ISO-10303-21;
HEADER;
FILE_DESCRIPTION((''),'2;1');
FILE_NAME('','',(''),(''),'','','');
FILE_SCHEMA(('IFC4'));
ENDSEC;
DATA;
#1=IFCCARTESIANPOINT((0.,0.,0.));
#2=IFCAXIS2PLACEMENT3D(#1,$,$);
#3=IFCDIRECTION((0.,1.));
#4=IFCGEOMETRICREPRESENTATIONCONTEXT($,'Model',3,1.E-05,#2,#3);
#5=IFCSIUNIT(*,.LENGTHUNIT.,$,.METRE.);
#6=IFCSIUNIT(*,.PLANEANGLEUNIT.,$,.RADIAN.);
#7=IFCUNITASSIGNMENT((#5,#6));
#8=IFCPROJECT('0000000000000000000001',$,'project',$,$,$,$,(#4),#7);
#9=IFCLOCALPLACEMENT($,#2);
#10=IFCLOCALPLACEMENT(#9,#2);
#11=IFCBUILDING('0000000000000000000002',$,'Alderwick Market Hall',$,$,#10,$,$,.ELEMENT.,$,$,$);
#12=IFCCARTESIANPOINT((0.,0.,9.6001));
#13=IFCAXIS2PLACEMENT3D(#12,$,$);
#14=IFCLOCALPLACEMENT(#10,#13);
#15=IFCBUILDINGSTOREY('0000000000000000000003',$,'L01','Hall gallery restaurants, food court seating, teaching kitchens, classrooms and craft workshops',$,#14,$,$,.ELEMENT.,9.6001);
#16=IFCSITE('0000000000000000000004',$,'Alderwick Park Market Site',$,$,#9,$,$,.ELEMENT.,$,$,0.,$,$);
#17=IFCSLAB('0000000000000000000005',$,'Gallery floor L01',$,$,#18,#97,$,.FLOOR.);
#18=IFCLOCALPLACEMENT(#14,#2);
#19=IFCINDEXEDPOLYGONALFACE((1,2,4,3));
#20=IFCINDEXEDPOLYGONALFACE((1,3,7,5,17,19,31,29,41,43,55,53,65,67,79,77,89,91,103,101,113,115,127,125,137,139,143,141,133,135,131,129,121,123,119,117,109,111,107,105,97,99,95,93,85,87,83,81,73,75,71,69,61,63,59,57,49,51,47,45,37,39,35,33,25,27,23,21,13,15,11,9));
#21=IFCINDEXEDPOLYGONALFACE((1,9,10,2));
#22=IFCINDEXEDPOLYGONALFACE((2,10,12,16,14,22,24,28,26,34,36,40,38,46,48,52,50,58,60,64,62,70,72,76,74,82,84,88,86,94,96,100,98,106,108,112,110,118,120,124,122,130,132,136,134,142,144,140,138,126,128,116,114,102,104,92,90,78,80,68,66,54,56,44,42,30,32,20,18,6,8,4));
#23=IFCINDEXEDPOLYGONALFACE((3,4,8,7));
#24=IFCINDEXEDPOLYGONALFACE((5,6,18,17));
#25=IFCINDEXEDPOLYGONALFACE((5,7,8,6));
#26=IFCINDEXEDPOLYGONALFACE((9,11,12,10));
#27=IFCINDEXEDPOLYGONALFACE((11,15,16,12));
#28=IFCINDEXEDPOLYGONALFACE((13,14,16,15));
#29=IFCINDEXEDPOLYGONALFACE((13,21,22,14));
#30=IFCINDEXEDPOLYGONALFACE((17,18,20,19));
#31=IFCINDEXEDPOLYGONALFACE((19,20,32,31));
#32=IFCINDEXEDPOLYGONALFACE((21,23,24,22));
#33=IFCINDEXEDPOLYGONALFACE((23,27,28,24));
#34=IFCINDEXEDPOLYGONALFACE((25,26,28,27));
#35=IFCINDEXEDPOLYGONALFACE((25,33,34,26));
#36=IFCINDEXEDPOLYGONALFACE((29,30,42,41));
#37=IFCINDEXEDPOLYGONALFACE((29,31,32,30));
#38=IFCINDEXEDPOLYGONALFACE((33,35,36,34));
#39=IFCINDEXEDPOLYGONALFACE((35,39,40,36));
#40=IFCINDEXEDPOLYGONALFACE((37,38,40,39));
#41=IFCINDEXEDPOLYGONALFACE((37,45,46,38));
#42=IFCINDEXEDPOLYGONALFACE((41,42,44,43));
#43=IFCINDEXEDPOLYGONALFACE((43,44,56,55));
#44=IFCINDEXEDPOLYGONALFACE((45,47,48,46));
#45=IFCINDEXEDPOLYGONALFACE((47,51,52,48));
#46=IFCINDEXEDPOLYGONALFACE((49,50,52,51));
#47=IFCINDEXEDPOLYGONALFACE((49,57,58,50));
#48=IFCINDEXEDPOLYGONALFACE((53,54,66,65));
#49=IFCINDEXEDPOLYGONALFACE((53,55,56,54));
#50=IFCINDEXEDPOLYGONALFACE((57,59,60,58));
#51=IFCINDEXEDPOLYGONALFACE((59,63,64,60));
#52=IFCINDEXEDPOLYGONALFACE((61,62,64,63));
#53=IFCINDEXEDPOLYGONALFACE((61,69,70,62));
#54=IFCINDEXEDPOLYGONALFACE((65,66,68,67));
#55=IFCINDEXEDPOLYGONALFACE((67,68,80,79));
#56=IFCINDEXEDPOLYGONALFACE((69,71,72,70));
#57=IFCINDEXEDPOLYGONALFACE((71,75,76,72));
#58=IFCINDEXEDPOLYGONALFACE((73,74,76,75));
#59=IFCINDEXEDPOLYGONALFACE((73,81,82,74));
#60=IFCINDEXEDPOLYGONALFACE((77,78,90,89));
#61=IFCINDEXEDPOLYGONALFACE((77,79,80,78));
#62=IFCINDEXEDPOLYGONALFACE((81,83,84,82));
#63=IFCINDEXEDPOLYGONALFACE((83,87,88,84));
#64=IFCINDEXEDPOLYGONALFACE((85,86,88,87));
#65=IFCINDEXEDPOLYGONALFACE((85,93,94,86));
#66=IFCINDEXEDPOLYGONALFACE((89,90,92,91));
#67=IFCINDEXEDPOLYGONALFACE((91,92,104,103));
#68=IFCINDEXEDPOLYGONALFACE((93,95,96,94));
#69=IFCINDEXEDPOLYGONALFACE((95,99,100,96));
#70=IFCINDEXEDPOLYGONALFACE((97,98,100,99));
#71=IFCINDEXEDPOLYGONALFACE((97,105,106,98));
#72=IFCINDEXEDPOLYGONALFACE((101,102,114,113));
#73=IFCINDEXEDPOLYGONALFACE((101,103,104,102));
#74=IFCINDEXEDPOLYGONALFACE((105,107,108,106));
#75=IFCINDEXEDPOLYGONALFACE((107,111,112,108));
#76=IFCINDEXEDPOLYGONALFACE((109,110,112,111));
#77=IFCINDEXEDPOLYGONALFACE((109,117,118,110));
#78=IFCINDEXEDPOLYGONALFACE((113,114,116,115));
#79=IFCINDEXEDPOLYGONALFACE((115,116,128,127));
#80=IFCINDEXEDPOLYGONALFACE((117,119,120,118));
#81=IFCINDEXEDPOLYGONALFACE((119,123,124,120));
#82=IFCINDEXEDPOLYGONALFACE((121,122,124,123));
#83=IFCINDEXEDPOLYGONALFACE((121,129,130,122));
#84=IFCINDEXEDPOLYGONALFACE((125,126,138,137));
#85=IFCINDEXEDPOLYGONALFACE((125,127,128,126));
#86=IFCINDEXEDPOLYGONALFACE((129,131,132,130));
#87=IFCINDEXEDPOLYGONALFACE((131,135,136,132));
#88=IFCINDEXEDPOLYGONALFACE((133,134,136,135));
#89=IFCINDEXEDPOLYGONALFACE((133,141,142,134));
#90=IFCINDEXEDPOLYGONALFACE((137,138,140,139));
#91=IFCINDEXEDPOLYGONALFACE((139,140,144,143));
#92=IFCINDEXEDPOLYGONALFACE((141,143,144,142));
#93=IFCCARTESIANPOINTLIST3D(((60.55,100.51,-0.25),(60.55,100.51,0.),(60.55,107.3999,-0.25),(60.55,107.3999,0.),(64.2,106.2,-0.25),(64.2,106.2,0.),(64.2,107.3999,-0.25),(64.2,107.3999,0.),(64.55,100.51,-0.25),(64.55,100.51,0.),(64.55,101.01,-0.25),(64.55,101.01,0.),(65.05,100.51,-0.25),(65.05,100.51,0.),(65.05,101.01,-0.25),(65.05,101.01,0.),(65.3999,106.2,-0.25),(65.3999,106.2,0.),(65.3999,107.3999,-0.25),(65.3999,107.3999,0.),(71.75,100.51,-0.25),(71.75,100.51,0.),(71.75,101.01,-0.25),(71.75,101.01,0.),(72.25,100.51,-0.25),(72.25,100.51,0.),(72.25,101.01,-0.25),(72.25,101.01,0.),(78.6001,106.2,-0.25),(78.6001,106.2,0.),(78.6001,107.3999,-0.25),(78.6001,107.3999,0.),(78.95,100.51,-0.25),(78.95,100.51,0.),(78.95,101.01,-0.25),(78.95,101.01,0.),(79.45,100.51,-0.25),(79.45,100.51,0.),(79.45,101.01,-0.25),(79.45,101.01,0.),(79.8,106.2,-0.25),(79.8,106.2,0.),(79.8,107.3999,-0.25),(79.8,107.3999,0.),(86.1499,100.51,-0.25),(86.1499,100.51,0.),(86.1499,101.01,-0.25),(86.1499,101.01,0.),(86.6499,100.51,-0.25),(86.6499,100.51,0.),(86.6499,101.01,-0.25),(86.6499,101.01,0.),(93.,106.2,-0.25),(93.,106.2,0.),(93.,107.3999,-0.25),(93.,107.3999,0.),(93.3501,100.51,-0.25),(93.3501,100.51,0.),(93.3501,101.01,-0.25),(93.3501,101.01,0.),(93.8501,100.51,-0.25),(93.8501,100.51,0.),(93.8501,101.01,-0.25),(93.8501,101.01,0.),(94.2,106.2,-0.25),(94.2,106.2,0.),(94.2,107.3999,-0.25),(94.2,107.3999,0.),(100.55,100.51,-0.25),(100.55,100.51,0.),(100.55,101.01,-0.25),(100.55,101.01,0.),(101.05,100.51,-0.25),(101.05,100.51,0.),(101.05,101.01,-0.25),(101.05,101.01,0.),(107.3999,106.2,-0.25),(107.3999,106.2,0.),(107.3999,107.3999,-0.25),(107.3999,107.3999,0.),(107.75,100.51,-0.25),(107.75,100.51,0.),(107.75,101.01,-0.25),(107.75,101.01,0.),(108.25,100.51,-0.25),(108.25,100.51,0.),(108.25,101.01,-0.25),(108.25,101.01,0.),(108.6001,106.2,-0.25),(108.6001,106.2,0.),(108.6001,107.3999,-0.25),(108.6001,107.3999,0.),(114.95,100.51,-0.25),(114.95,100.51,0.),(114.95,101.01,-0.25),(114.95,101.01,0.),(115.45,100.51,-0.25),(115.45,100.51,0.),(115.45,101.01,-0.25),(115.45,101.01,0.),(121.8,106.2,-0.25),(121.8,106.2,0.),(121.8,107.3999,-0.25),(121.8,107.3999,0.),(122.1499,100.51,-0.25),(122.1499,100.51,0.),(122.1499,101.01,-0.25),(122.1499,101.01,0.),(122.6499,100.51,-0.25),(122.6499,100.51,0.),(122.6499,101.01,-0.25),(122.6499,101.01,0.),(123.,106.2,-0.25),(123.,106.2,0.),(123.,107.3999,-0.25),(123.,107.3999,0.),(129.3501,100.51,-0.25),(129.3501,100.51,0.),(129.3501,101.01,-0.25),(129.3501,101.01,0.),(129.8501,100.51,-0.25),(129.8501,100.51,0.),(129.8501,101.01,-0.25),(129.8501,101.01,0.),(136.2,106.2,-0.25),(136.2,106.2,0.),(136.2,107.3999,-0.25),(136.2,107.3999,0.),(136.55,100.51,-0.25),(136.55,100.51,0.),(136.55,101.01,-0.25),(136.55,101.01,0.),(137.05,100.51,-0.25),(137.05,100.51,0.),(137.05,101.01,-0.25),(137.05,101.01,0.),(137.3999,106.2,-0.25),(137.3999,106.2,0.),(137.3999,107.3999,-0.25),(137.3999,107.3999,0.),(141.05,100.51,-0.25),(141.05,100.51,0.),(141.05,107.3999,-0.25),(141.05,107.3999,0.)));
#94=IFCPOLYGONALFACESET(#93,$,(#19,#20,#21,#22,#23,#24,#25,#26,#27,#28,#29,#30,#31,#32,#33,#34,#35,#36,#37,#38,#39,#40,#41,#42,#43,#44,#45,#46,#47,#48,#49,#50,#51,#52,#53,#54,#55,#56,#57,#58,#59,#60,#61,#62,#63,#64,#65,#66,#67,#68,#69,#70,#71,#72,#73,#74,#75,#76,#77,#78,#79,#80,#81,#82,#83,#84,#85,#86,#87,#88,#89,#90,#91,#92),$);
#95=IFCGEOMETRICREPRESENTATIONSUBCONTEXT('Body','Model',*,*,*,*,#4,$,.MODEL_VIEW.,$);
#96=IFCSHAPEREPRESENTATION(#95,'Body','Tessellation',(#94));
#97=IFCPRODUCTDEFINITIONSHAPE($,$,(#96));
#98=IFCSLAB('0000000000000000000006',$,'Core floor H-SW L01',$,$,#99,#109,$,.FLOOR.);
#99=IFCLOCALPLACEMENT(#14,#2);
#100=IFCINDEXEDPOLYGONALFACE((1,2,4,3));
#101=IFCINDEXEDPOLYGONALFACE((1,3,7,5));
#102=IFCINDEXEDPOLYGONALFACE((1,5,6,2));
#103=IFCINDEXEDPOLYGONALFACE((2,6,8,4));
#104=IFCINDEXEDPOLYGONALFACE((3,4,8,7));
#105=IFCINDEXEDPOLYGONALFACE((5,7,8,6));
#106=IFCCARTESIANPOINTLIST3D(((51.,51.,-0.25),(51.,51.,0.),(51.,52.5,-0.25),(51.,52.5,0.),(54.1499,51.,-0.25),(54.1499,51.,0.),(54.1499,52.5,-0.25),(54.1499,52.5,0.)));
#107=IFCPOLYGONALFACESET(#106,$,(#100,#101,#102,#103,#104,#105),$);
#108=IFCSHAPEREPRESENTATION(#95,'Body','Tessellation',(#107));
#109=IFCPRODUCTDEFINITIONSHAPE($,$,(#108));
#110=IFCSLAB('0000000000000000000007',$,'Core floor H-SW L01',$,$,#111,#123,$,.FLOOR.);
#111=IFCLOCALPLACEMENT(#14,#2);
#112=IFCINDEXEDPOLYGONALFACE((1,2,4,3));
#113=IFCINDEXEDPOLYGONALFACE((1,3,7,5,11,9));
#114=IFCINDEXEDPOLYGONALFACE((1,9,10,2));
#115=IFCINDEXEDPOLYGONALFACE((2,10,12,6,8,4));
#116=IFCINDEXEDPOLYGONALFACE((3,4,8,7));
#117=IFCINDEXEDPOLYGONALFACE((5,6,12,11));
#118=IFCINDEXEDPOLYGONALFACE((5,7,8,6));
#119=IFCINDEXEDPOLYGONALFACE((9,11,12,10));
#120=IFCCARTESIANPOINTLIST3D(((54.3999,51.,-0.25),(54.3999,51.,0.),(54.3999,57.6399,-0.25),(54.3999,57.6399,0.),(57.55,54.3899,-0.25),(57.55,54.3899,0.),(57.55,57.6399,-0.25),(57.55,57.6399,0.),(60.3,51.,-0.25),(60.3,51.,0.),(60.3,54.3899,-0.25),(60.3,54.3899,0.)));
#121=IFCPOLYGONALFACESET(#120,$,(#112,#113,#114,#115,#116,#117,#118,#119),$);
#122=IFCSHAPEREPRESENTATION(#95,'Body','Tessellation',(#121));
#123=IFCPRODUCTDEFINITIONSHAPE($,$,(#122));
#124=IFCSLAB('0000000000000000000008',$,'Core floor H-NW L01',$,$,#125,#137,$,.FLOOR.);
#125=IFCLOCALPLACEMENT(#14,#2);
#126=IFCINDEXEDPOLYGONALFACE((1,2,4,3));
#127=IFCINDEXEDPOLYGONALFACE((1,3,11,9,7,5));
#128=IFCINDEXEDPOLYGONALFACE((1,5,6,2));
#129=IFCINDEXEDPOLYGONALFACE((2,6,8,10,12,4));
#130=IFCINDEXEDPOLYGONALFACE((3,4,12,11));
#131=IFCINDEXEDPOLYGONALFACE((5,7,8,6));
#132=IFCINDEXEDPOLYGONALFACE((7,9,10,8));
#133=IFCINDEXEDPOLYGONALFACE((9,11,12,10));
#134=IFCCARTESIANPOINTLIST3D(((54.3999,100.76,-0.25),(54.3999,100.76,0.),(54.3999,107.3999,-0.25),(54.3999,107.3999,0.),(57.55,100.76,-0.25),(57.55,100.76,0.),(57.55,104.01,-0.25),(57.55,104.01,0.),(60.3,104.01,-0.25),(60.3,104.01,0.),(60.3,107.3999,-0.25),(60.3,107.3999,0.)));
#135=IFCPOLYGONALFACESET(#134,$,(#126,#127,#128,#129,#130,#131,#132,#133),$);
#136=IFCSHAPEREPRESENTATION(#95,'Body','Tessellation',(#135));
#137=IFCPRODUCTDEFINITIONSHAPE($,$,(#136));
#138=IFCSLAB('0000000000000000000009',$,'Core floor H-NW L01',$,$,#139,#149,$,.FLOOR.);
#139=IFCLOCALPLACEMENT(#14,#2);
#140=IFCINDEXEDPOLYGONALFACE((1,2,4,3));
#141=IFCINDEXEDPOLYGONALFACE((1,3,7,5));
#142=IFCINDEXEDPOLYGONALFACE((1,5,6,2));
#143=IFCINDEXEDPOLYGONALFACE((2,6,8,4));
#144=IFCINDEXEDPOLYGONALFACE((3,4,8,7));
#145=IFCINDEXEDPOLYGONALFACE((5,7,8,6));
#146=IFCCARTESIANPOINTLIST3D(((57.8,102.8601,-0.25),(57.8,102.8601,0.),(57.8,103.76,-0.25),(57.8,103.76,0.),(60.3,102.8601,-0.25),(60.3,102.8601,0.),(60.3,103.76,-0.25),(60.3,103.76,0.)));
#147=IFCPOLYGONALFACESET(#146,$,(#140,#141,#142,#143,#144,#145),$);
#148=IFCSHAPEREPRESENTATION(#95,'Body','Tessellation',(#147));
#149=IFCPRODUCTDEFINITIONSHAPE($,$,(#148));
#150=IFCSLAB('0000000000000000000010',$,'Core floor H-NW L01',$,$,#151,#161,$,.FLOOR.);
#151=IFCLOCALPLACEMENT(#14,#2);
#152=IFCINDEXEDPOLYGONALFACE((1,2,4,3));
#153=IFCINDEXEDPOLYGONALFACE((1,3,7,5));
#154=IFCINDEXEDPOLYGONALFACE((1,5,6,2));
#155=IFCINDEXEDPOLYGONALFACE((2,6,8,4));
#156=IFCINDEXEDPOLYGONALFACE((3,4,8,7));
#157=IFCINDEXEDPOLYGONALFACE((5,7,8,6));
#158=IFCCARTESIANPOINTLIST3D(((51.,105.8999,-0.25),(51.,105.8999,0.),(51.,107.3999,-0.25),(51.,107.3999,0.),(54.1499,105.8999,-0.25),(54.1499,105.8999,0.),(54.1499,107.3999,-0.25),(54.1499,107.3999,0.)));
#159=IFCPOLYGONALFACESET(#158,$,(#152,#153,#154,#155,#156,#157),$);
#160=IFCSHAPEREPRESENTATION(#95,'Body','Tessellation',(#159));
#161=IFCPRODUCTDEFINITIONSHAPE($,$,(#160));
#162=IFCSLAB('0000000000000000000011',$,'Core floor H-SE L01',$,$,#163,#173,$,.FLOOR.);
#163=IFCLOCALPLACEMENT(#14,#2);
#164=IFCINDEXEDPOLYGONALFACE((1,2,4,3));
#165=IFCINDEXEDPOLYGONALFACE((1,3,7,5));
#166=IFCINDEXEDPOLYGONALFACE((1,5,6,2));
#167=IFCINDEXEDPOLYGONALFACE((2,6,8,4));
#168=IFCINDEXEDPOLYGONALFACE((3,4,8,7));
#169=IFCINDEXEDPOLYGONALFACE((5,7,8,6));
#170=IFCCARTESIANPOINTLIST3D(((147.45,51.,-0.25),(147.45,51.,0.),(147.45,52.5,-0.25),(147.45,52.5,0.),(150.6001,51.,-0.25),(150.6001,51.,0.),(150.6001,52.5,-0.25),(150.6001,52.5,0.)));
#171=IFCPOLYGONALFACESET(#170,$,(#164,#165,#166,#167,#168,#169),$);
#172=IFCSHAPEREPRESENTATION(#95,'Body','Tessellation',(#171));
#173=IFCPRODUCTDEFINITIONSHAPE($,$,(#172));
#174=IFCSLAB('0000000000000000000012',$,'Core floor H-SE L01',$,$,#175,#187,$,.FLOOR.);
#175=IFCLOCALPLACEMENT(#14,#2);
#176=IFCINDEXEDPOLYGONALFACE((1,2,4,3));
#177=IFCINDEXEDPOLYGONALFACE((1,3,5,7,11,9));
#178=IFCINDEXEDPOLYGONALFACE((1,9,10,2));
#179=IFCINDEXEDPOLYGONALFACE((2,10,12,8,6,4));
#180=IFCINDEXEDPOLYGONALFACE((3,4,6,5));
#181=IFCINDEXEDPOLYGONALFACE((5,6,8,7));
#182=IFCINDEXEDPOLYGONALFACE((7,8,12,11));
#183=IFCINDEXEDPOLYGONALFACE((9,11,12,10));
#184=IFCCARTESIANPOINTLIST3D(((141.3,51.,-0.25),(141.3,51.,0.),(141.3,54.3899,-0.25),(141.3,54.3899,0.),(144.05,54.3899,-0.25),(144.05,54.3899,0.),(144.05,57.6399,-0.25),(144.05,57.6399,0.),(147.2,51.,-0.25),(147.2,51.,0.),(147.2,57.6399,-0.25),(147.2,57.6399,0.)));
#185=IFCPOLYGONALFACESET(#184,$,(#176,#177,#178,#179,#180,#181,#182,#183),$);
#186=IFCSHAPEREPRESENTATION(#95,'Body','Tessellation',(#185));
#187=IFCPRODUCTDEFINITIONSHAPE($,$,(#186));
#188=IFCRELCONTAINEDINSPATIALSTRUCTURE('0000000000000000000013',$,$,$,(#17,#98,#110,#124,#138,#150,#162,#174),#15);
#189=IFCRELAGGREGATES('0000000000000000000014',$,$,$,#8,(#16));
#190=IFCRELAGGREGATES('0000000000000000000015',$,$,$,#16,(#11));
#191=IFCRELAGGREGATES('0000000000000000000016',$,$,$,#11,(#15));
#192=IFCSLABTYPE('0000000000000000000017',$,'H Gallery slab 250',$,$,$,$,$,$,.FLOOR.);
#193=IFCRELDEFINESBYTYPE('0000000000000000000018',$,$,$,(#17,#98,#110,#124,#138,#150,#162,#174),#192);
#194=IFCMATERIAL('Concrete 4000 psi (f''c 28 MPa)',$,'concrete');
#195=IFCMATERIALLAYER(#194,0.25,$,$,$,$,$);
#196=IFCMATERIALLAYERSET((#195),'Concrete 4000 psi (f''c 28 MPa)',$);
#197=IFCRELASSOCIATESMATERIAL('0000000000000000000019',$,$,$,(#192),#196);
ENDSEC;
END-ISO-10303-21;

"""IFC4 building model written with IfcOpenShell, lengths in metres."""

from ifc_helpers import new_model, si_unit, direction, frame, origin, place, context, subcontext, project, spatial, polyline, outline, extrude, material, layer, layer_set, type_object, element, save


model = new_model("IFC4")

# Units and contexts
model_context = context("Model", 3, precision=1e-05, world=origin(), true_north=direction((0.0, 1.0)))
body_context = subcontext(model_context, "Body", "Model", "MODEL_VIEW")
ifc_project = project(units=[si_unit("LENGTHUNIT", "METRE"), si_unit("PLANEANGLEUNIT", "RADIAN")], contexts=[model_context])

# Site, building, storey
site_placement = place(None, origin())
site = spatial("IfcSite", under=ifc_project, at=site_placement, Name="Alderwick Park Market Site", CompositionType="ELEMENT", RefElevation=0.0)
building_placement = place(site_placement, origin())
building = spatial("IfcBuilding", under=site, at=building_placement, Name="Alderwick Market Hall", CompositionType="ELEMENT")
storey_placement = place(building_placement, frame((0.0, 0.0, 9.6001)))
storey = spatial("IfcBuildingStorey", under=building, at=storey_placement, Name="L01", Description="Hall gallery restaurants, food court seating, teaching kitchens, classrooms and craft workshops", CompositionType="ELEMENT", Elevation=9.6001)

# Slabs
ifc_material_1 = material(Name="Concrete 4000 psi (f'c 28 MPa)", Category="concrete")
ifc_layer_1 = layer(ifc_material_1, 0.25)
ifc_layer_set_1 = layer_set([ifc_layer_1], Name="Concrete 4000 psi (f'c 28 MPa)")
slab_type_1 = type_object("IfcSlabType", Name="H Gallery slab 250", PredefinedType="FLOOR", material=ifc_layer_set_1)
slab_1_placement = place(storey_placement, frame((0.0, 0.0, -0.25)))
element("IfcSlab", 1, at=slab_1_placement, inside=storey, type_object=slab_type_1, Name="Gallery floor L01", PredefinedType="FLOOR", context=body_context, shape_type="SweptSolid", body=[
    extrude(outline(polyline([(64.2, 107.3999), (64.2, 106.2), (65.3999, 106.2), (65.3999, 107.3999), (78.6001, 107.3999), (78.6001, 106.2), (79.8, 106.2), (79.8, 107.3999), (93.0, 107.3999), (93.0, 106.2), (94.2, 106.2), (94.2, 107.3999), (107.3999, 107.3999), (107.3999, 106.2), (108.6001, 106.2), (108.6001, 107.3999), (121.8, 107.3999), (121.8, 106.2), (123.0, 106.2), (123.0, 107.3999), (136.2, 107.3999), (136.2, 106.2), (137.3999, 106.2), (137.3999, 107.3999), (141.05, 107.3999), (141.05, 100.51), (137.05, 100.51), (137.05, 101.01), (136.55, 101.01), (136.55, 100.51), (129.8501, 100.51), (129.8501, 101.01), (129.3501, 101.01), (129.3501, 100.51), (122.6499, 100.51), (122.6499, 101.01), (122.1499, 101.01), (122.1499, 100.51), (115.45, 100.51), (115.45, 101.01), (114.95, 101.01), (114.95, 100.51), (108.25, 100.51), (108.25, 101.01), (107.75, 101.01), (107.75, 100.51), (101.05, 100.51), (101.05, 101.01), (100.55, 101.01), (100.55, 100.51), (93.8501, 100.51), (93.8501, 101.01), (93.3501, 101.01), (93.3501, 100.51), (86.6499, 100.51), (86.6499, 101.01), (86.1499, 101.01), (86.1499, 100.51), (79.45, 100.51), (79.45, 101.01), (78.95, 101.01), (78.95, 100.51), (72.25, 100.51), (72.25, 101.01), (71.75, 101.01), (71.75, 100.51), (65.05, 100.51), (65.05, 101.01), (64.55, 101.01), (64.55, 100.51), (60.55, 100.51), (60.55, 107.3999), (64.2, 107.3999)])), origin(), (0.0, 0.0, 1.0), 0.25),
])
slab_2_placement = place(storey_placement, frame((0.0, 0.0, -0.25)))
element("IfcSlab", 2, at=slab_2_placement, inside=storey, type_object=slab_type_1, Name="Core floor H-SW L01", PredefinedType="FLOOR", context=body_context, shape_type="SweptSolid", body=[
    extrude(outline(polyline([(51.0, 52.5), (54.1499, 52.5), (54.1499, 51.0), (51.0, 51.0), (51.0, 52.5)])), origin(), (0.0, 0.0, 1.0), 0.25),
])
slab_3_placement = place(storey_placement, frame((0.0, 0.0, -0.25)))
element("IfcSlab", 3, at=slab_3_placement, inside=storey, type_object=slab_type_1, Name="Core floor H-SW L01", PredefinedType="FLOOR", context=body_context, shape_type="SweptSolid", body=[
    extrude(outline(polyline([(57.55, 57.6399), (57.55, 54.3899), (60.3, 54.3899), (60.3, 51.0), (54.3999, 51.0), (54.3999, 57.6399), (57.55, 57.6399)])), origin(), (0.0, 0.0, 1.0), 0.25),
])
slab_4_placement = place(storey_placement, frame((0.0, 0.0, -0.25)))
element("IfcSlab", 4, at=slab_4_placement, inside=storey, type_object=slab_type_1, Name="Core floor H-NW L01", PredefinedType="FLOOR", context=body_context, shape_type="SweptSolid", body=[
    extrude(outline(polyline([(57.55, 100.76), (54.3999, 100.76), (54.3999, 107.3999), (60.3, 107.3999), (60.3, 104.01), (57.55, 104.01), (57.55, 100.76)])), origin(), (0.0, 0.0, 1.0), 0.25),
])
slab_5_placement = place(storey_placement, frame((0.0, 0.0, -0.25)))
element("IfcSlab", 5, at=slab_5_placement, inside=storey, type_object=slab_type_1, Name="Core floor H-NW L01", PredefinedType="FLOOR", context=body_context, shape_type="SweptSolid", body=[
    extrude(outline(polyline([(60.3, 103.76), (60.3, 102.8601), (57.8, 102.8601), (57.8, 103.76), (60.3, 103.76)])), origin(), (0.0, 0.0, 1.0), 0.25),
])
slab_6_placement = place(storey_placement, frame((0.0, 0.0, -0.25)))
element("IfcSlab", 6, at=slab_6_placement, inside=storey, type_object=slab_type_1, Name="Core floor H-NW L01", PredefinedType="FLOOR", context=body_context, shape_type="SweptSolid", body=[
    extrude(outline(polyline([(51.0, 105.8999), (51.0, 107.3999), (54.1499, 107.3999), (54.1499, 105.8999), (51.0, 105.8999)])), origin(), (0.0, 0.0, 1.0), 0.25),
])
slab_7_placement = place(storey_placement, frame((0.0, 0.0, -0.25)))
element("IfcSlab", 7, at=slab_7_placement, inside=storey, type_object=slab_type_1, Name="Core floor H-SE L01", PredefinedType="FLOOR", context=body_context, shape_type="SweptSolid", body=[
    extrude(outline(polyline([(150.6001, 51.0), (147.45, 51.0), (147.45, 52.5), (150.6001, 52.5), (150.6001, 51.0)])), origin(), (0.0, 0.0, 1.0), 0.25),
])
slab_8_placement = place(storey_placement, frame((0.0, 0.0, -0.25)))
element("IfcSlab", 8, at=slab_8_placement, inside=storey, type_object=slab_type_1, Name="Core floor H-SE L01", PredefinedType="FLOOR", context=body_context, shape_type="SweptSolid", body=[
    extrude(outline(polyline([(141.3, 54.3899), (144.05, 54.3899), (144.05, 57.6399), (147.2, 57.6399), (147.2, 51.0), (141.3, 51.0), (141.3, 54.3899)])), origin(), (0.0, 0.0, 1.0), 0.25),
])

save(model, "model.ifc")
